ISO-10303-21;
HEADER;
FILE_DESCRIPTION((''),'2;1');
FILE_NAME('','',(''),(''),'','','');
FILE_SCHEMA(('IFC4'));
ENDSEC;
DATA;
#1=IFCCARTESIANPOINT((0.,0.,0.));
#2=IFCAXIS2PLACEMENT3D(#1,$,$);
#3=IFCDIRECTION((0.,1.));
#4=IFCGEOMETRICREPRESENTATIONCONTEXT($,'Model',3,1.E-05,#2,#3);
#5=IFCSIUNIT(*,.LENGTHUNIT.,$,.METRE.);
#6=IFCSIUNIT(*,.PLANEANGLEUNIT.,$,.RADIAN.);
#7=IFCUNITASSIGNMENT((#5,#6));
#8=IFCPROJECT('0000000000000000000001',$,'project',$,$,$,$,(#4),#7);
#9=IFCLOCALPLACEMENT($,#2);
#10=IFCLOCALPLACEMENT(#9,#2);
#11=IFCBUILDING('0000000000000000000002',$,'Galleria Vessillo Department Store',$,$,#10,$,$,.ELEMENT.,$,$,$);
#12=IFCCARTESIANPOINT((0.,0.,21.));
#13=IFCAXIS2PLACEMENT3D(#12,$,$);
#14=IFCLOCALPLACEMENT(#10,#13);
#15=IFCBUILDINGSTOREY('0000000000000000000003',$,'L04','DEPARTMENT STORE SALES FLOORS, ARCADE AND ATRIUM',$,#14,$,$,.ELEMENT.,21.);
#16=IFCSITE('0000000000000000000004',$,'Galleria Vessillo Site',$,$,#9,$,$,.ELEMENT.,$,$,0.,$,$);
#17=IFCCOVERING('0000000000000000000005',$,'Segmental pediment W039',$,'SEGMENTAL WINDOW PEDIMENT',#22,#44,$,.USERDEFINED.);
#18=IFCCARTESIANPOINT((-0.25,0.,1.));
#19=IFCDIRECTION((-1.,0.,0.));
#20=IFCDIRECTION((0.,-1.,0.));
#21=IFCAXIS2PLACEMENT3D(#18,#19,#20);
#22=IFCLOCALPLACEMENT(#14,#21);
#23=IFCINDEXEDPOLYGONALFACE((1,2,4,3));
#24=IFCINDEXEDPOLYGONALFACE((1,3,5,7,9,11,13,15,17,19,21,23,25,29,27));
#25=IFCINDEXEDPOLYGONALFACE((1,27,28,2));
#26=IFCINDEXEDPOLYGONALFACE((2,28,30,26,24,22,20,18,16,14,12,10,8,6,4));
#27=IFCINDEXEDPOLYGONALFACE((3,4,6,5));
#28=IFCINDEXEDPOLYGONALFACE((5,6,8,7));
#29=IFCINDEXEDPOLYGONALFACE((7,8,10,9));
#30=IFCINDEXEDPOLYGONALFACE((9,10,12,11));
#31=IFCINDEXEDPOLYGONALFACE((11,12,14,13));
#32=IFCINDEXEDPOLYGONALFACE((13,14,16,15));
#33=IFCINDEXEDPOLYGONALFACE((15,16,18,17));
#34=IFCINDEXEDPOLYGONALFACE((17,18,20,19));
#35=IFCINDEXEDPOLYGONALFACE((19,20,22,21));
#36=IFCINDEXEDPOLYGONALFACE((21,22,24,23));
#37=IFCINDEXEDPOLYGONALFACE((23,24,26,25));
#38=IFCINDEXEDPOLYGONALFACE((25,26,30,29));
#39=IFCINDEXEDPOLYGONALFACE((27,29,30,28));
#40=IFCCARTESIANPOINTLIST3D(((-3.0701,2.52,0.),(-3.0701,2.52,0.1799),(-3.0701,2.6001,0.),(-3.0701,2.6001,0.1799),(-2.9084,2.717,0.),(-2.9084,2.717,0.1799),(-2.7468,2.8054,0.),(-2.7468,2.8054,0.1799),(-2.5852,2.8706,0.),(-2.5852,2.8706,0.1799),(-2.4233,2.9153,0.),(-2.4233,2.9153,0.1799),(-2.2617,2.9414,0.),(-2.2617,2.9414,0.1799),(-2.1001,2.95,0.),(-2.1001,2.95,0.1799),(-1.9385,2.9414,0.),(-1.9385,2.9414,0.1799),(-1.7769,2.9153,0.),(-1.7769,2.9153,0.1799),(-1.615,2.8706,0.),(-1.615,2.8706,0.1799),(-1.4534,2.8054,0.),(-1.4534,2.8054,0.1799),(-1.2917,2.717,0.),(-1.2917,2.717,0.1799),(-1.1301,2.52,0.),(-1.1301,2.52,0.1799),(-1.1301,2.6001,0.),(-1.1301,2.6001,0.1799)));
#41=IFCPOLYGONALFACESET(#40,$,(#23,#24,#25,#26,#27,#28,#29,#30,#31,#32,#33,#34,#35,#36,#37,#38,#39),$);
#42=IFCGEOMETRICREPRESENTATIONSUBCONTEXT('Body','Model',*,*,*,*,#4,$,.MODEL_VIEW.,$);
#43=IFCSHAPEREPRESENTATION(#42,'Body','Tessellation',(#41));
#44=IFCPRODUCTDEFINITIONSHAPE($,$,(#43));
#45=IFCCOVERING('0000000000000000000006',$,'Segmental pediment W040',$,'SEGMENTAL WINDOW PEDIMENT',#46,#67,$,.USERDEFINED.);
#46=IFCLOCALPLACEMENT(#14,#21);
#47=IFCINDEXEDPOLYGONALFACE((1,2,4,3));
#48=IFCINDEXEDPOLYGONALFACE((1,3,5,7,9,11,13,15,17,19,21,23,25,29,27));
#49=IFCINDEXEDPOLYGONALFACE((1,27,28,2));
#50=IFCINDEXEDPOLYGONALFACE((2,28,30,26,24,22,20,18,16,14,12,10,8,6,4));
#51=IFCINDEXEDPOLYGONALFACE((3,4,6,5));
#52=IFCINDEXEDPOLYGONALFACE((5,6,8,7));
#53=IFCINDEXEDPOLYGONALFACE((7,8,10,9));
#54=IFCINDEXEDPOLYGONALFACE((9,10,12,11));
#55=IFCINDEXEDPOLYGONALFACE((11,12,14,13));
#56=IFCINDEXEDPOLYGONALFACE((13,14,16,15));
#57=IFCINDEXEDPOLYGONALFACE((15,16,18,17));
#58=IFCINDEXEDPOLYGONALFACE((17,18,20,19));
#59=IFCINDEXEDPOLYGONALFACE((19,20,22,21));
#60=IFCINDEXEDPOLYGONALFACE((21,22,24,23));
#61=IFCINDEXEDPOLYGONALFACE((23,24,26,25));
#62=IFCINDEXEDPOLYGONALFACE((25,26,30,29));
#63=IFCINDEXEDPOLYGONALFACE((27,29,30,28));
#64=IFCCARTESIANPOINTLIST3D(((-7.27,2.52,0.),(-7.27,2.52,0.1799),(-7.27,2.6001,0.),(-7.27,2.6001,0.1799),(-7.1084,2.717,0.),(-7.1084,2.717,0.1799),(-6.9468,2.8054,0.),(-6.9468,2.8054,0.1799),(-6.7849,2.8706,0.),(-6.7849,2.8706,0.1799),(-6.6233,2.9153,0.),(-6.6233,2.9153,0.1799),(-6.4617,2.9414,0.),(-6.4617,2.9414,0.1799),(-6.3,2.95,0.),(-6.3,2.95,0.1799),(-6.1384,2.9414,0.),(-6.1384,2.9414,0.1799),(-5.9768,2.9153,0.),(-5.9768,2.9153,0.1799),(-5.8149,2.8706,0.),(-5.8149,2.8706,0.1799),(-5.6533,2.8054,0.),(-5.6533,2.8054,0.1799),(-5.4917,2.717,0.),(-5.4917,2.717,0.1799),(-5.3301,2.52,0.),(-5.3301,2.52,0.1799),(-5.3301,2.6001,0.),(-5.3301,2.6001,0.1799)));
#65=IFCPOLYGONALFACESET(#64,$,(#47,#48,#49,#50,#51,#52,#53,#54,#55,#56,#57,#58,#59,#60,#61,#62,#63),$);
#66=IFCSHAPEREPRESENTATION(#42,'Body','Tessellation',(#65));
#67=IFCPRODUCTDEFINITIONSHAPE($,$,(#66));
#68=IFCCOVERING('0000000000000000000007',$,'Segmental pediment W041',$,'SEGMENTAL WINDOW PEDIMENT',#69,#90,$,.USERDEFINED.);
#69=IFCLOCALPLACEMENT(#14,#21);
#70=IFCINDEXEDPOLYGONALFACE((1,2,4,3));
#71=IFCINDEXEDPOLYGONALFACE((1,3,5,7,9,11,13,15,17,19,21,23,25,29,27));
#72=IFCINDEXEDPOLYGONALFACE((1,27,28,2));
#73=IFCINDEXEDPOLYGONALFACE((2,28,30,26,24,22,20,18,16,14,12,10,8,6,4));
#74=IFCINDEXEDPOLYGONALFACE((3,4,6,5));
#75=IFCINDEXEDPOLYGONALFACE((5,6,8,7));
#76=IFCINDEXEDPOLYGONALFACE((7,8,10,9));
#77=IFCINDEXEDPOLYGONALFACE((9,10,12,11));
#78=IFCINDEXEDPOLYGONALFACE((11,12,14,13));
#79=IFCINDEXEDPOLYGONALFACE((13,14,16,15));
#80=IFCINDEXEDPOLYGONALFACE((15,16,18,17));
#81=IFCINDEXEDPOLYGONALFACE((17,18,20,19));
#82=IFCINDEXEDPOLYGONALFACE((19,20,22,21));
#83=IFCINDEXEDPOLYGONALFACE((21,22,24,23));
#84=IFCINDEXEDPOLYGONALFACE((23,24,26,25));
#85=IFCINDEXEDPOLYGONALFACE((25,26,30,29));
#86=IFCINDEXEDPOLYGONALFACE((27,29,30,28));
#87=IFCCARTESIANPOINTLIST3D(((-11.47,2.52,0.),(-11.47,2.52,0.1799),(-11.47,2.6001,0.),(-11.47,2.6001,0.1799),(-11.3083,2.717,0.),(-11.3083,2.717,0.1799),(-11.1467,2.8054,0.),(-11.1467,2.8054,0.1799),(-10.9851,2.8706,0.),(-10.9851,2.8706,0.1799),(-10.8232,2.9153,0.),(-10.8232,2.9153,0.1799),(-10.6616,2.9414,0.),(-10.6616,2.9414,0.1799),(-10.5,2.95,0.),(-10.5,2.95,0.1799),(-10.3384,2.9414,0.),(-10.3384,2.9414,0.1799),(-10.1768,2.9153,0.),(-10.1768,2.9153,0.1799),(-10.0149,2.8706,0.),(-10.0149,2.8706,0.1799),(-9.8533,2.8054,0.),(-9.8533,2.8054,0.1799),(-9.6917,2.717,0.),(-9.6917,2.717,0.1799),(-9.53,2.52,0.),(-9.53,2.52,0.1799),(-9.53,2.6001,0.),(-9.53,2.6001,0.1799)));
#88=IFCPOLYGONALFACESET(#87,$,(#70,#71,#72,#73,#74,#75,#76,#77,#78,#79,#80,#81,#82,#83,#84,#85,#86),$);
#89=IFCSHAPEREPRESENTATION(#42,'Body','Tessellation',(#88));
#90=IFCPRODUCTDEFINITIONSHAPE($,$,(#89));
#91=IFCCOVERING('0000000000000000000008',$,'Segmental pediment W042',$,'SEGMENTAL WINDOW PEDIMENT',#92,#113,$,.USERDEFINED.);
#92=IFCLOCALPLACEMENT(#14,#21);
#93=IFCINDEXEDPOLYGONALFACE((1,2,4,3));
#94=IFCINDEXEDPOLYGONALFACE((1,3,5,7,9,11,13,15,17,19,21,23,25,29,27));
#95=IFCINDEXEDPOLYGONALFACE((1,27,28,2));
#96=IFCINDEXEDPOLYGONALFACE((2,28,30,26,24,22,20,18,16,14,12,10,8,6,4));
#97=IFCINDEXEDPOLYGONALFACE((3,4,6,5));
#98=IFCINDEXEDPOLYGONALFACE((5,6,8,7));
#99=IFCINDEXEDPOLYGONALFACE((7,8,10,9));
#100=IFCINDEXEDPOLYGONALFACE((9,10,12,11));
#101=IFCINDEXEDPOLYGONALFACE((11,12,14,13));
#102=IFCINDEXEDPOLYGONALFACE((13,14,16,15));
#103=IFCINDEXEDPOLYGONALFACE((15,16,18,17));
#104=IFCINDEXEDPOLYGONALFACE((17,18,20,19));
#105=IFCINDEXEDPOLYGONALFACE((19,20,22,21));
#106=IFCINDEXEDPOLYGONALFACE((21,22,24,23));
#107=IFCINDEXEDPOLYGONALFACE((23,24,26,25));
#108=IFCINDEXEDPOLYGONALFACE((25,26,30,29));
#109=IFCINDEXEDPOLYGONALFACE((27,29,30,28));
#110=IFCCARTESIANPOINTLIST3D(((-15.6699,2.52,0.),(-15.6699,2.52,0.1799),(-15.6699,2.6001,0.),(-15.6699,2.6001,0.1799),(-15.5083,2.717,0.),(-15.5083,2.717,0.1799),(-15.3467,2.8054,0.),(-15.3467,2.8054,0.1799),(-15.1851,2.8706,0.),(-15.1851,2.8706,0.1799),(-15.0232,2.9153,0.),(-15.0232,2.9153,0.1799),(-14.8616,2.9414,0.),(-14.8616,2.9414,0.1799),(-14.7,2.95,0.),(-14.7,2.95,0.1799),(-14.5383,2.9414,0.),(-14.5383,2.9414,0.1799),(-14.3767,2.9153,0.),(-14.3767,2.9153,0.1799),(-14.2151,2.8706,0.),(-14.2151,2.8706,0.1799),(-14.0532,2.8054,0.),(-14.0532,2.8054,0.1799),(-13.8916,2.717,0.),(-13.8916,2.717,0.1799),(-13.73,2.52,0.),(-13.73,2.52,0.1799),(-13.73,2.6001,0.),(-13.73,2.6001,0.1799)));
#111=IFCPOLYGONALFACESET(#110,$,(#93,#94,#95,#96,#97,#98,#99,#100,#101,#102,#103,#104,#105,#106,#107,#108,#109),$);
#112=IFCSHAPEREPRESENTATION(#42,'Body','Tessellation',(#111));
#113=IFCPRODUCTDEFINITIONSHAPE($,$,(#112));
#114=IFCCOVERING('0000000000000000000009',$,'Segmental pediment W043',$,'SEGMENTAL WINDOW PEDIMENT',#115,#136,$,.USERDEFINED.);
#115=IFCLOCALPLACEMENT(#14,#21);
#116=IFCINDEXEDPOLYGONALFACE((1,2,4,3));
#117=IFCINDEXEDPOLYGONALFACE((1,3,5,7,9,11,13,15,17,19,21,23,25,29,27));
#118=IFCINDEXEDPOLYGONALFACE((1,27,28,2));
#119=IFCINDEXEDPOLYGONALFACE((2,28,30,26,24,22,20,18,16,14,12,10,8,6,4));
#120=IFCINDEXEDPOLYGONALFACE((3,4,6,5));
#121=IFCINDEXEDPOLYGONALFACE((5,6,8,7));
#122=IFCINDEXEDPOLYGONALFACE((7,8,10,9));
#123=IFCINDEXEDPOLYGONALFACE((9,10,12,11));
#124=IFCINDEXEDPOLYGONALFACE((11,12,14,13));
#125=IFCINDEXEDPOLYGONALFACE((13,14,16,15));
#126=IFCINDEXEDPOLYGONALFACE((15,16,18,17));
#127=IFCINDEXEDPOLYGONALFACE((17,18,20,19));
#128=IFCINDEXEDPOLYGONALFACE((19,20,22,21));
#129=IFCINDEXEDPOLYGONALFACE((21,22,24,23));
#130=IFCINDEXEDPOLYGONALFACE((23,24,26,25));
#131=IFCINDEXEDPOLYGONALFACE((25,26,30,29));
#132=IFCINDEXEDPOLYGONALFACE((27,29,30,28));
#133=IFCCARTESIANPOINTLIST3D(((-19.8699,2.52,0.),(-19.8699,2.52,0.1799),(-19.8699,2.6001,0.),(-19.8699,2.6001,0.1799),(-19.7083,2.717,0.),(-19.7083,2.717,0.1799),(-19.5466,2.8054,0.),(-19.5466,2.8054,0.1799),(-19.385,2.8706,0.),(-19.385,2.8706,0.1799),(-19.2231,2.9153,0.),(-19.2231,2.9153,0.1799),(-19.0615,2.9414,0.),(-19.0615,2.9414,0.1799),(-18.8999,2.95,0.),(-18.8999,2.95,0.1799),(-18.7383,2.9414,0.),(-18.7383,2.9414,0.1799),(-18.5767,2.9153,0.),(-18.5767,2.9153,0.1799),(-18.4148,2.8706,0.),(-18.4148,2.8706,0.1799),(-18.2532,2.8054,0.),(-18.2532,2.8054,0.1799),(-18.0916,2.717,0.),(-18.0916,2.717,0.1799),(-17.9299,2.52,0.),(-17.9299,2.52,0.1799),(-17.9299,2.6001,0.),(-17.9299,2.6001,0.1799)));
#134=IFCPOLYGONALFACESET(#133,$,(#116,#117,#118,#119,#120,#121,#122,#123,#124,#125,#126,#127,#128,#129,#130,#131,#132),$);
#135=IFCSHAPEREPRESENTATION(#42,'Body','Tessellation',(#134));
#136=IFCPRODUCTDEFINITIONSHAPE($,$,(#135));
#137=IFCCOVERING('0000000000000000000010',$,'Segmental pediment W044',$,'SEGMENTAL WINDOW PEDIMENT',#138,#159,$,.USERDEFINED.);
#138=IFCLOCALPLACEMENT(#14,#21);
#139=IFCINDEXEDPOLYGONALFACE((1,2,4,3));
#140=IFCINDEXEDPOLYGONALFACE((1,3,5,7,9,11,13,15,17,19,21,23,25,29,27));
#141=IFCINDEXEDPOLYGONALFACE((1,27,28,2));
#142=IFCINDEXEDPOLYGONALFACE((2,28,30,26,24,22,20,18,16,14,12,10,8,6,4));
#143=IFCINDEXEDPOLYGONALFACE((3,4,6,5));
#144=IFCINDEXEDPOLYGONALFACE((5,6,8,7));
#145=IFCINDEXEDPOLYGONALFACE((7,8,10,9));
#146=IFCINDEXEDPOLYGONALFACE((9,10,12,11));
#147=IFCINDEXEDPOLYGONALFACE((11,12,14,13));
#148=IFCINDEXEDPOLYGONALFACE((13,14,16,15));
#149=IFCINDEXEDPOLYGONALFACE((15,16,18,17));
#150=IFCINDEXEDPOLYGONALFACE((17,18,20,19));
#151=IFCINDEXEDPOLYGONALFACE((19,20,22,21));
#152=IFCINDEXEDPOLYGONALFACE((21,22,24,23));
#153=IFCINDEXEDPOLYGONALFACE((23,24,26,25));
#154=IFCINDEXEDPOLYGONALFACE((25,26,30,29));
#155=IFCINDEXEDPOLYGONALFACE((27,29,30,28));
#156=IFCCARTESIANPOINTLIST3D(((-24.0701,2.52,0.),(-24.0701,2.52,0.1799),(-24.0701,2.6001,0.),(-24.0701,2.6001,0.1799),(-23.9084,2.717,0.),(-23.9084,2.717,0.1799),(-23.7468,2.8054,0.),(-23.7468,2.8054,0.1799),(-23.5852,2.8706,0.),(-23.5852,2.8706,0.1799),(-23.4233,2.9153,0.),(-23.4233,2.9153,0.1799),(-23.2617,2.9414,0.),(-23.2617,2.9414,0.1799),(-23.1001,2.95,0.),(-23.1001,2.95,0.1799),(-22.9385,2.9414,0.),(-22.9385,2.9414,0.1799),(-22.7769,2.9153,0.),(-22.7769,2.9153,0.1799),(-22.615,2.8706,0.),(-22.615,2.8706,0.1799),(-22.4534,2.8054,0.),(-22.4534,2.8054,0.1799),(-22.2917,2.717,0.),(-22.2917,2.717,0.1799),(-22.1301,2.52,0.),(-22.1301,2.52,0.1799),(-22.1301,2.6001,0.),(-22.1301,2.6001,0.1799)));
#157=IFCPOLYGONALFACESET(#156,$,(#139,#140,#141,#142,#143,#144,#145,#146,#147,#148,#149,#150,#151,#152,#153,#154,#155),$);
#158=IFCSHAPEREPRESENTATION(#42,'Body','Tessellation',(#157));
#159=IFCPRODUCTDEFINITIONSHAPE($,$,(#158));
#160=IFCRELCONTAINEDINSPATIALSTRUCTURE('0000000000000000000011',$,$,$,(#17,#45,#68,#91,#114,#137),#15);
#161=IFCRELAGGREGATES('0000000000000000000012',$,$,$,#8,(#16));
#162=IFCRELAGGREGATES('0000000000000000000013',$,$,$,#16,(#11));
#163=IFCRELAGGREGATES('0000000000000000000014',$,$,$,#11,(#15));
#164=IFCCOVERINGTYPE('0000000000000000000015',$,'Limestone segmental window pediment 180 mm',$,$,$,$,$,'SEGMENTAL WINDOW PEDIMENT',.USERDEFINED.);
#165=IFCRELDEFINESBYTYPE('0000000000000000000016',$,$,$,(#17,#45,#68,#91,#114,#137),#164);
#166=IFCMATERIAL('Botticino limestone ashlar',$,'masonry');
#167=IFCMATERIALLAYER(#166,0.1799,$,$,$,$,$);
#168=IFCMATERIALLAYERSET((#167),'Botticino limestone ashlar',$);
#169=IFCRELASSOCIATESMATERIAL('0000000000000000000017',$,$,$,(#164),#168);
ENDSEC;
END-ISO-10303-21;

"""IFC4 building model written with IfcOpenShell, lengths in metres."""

from ifc_helpers import new_model, si_unit, direction, frame, origin, place, context, subcontext, project, spatial, polyline, outline, extrude, material, layer, layer_set, type_object, element, save


model = new_model("IFC4")

# Units and contexts
model_context = context("Model", 3, precision=1e-05, world=origin(), true_north=direction((0.0, 1.0)))
body_context = subcontext(model_context, "Body", "Model", "MODEL_VIEW")
ifc_project = project(units=[si_unit("LENGTHUNIT", "METRE"), si_unit("PLANEANGLEUNIT", "RADIAN")], contexts=[model_context])

# Site, building, storey
site_placement = place(None, origin())
site = spatial("IfcSite", under=ifc_project, at=site_placement, Name="Galleria Vessillo Site", CompositionType="ELEMENT", RefElevation=0.0)
building_placement = place(site_placement, origin())
building = spatial("IfcBuilding", under=site, at=building_placement, Name="Galleria Vessillo Department Store", CompositionType="ELEMENT")
storey_placement = place(building_placement, frame((0.0, 0.0, 21.0)))
storey = spatial("IfcBuildingStorey", under=building, at=storey_placement, Name="L04", Description="DEPARTMENT STORE SALES FLOORS, ARCADE AND ATRIUM", CompositionType="ELEMENT", Elevation=21.0)

# Coverings
ifc_material_1 = material(Name="Botticino limestone ashlar", Category="masonry")
ifc_layer_1 = layer(ifc_material_1, 0.1799)
ifc_layer_set_1 = layer_set([ifc_layer_1], Name="Botticino limestone ashlar")
covering_type_1 = type_object("IfcCoveringType", Name="Limestone segmental window pediment 180 mm", ElementType="SEGMENTAL WINDOW PEDIMENT", PredefinedType="USERDEFINED", material=ifc_layer_set_1)
covering_1_placement = place(storey_placement, frame((-0.25, 0.0, 1.0), z_axis=(-1.0, 0.0, 0.0), x_axis=(0.0, -1.0, 0.0)))
element("IfcCovering", 1, at=covering_1_placement, inside=storey, type_object=covering_type_1, Name="Segmental pediment W039", ObjectType="SEGMENTAL WINDOW PEDIMENT", PredefinedType="USERDEFINED", context=body_context, shape_type="SweptSolid", body=[
    extrude(outline(polyline([(-1.1301, 2.6001), (-1.2917, 2.717), (-1.4534, 2.8054), (-1.615, 2.8706), (-1.7769, 2.9153), (-1.9385, 2.9414), (-2.1001, 2.95), (-2.2617, 2.9414), (-2.4233, 2.9153), (-2.5852, 2.8706), (-2.7468, 2.8054), (-2.9084, 2.717), (-3.0701, 2.6001), (-3.0701, 2.52), (-1.1301, 2.52), (-1.1301, 2.6001)])), origin(), (0.0, 0.0, 1.0), 0.1799),
])
covering_2_placement = place(storey_placement, frame((-0.25, 0.0, 1.0), z_axis=(-1.0, 0.0, 0.0), x_axis=(0.0, -1.0, 0.0)))
element("IfcCovering", 2, at=covering_2_placement, inside=storey, type_object=covering_type_1, Name="Segmental pediment W040", ObjectType="SEGMENTAL WINDOW PEDIMENT", PredefinedType="USERDEFINED", context=body_context, shape_type="SweptSolid", body=[
    extrude(outline(polyline([(-5.3301, 2.6001), (-5.4917, 2.717), (-5.6533, 2.8054), (-5.8149, 2.8706), (-5.9768, 2.9153), (-6.1384, 2.9414), (-6.3, 2.95), (-6.4617, 2.9414), (-6.6233, 2.9153), (-6.7849, 2.8706), (-6.9468, 2.8054), (-7.1084, 2.717), (-7.27, 2.6001), (-7.27, 2.52), (-5.3301, 2.52), (-5.3301, 2.6001)])), origin(), (0.0, 0.0, 1.0), 0.1799),
])
covering_3_placement = place(storey_placement, frame((-0.25, 0.0, 1.0), z_axis=(-1.0, 0.0, 0.0), x_axis=(0.0, -1.0, 0.0)))
element("IfcCovering", 3, at=covering_3_placement, inside=storey, type_object=covering_type_1, Name="Segmental pediment W041", ObjectType="SEGMENTAL WINDOW PEDIMENT", PredefinedType="USERDEFINED", context=body_context, shape_type="SweptSolid", body=[
    extrude(outline(polyline([(-9.53, 2.6001), (-9.6917, 2.717), (-9.8533, 2.8054), (-10.0149, 2.8706), (-10.1768, 2.9153), (-10.3384, 2.9414), (-10.5, 2.95), (-10.6616, 2.9414), (-10.8232, 2.9153), (-10.9851, 2.8706), (-11.1467, 2.8054), (-11.3083, 2.717), (-11.47, 2.6001), (-11.47, 2.52), (-9.53, 2.52), (-9.53, 2.6001)])), origin(), (0.0, 0.0, 1.0), 0.1799),
])
covering_4_placement = place(storey_placement, frame((-0.25, 0.0, 1.0), z_axis=(-1.0, 0.0, 0.0), x_axis=(0.0, -1.0, 0.0)))
element("IfcCovering", 4, at=covering_4_placement, inside=storey, type_object=covering_type_1, Name="Segmental pediment W042", ObjectType="SEGMENTAL WINDOW PEDIMENT", PredefinedType="USERDEFINED", context=body_context, shape_type="SweptSolid", body=[
    extrude(outline(polyline([(-13.73, 2.6001), (-13.8916, 2.717), (-14.0532, 2.8054), (-14.2151, 2.8706), (-14.3767, 2.9153), (-14.5383, 2.9414), (-14.7, 2.95), (-14.8616, 2.9414), (-15.0232, 2.9153), (-15.1851, 2.8706), (-15.3467, 2.8054), (-15.5083, 2.717), (-15.6699, 2.6001), (-15.6699, 2.52), (-13.73, 2.52), (-13.73, 2.6001)])), origin(), (0.0, 0.0, 1.0), 0.1799),
])
covering_5_placement = place(storey_placement, frame((-0.25, 0.0, 1.0), z_axis=(-1.0, 0.0, 0.0), x_axis=(0.0, -1.0, 0.0)))
element("IfcCovering", 5, at=covering_5_placement, inside=storey, type_object=covering_type_1, Name="Segmental pediment W043", ObjectType="SEGMENTAL WINDOW PEDIMENT", PredefinedType="USERDEFINED", context=body_context, shape_type="SweptSolid", body=[
    extrude(outline(polyline([(-17.9299, 2.6001), (-18.0916, 2.717), (-18.2532, 2.8054), (-18.4148, 2.8706), (-18.5767, 2.9153), (-18.7383, 2.9414), (-18.8999, 2.95), (-19.0615, 2.9414), (-19.2231, 2.9153), (-19.385, 2.8706), (-19.5466, 2.8054), (-19.7083, 2.717), (-19.8699, 2.6001), (-19.8699, 2.52), (-17.9299, 2.52), (-17.9299, 2.6001)])), origin(), (0.0, 0.0, 1.0), 0.1799),
])
covering_6_placement = place(storey_placement, frame((-0.25, 0.0, 1.0), z_axis=(-1.0, 0.0, 0.0), x_axis=(0.0, -1.0, 0.0)))
element("IfcCovering", 6, at=covering_6_placement, inside=storey, type_object=covering_type_1, Name="Segmental pediment W044", ObjectType="SEGMENTAL WINDOW PEDIMENT", PredefinedType="USERDEFINED", context=body_context, shape_type="SweptSolid", body=[
    extrude(outline(polyline([(-22.1301, 2.6001), (-22.2917, 2.717), (-22.4534, 2.8054), (-22.615, 2.8706), (-22.7769, 2.9153), (-22.9385, 2.9414), (-23.1001, 2.95), (-23.2617, 2.9414), (-23.4233, 2.9153), (-23.5852, 2.8706), (-23.7468, 2.8054), (-23.9084, 2.717), (-24.0701, 2.6001), (-24.0701, 2.52), (-22.1301, 2.52), (-22.1301, 2.6001)])), origin(), (0.0, 0.0, 1.0), 0.1799),
])

save(model, "model.ifc")
